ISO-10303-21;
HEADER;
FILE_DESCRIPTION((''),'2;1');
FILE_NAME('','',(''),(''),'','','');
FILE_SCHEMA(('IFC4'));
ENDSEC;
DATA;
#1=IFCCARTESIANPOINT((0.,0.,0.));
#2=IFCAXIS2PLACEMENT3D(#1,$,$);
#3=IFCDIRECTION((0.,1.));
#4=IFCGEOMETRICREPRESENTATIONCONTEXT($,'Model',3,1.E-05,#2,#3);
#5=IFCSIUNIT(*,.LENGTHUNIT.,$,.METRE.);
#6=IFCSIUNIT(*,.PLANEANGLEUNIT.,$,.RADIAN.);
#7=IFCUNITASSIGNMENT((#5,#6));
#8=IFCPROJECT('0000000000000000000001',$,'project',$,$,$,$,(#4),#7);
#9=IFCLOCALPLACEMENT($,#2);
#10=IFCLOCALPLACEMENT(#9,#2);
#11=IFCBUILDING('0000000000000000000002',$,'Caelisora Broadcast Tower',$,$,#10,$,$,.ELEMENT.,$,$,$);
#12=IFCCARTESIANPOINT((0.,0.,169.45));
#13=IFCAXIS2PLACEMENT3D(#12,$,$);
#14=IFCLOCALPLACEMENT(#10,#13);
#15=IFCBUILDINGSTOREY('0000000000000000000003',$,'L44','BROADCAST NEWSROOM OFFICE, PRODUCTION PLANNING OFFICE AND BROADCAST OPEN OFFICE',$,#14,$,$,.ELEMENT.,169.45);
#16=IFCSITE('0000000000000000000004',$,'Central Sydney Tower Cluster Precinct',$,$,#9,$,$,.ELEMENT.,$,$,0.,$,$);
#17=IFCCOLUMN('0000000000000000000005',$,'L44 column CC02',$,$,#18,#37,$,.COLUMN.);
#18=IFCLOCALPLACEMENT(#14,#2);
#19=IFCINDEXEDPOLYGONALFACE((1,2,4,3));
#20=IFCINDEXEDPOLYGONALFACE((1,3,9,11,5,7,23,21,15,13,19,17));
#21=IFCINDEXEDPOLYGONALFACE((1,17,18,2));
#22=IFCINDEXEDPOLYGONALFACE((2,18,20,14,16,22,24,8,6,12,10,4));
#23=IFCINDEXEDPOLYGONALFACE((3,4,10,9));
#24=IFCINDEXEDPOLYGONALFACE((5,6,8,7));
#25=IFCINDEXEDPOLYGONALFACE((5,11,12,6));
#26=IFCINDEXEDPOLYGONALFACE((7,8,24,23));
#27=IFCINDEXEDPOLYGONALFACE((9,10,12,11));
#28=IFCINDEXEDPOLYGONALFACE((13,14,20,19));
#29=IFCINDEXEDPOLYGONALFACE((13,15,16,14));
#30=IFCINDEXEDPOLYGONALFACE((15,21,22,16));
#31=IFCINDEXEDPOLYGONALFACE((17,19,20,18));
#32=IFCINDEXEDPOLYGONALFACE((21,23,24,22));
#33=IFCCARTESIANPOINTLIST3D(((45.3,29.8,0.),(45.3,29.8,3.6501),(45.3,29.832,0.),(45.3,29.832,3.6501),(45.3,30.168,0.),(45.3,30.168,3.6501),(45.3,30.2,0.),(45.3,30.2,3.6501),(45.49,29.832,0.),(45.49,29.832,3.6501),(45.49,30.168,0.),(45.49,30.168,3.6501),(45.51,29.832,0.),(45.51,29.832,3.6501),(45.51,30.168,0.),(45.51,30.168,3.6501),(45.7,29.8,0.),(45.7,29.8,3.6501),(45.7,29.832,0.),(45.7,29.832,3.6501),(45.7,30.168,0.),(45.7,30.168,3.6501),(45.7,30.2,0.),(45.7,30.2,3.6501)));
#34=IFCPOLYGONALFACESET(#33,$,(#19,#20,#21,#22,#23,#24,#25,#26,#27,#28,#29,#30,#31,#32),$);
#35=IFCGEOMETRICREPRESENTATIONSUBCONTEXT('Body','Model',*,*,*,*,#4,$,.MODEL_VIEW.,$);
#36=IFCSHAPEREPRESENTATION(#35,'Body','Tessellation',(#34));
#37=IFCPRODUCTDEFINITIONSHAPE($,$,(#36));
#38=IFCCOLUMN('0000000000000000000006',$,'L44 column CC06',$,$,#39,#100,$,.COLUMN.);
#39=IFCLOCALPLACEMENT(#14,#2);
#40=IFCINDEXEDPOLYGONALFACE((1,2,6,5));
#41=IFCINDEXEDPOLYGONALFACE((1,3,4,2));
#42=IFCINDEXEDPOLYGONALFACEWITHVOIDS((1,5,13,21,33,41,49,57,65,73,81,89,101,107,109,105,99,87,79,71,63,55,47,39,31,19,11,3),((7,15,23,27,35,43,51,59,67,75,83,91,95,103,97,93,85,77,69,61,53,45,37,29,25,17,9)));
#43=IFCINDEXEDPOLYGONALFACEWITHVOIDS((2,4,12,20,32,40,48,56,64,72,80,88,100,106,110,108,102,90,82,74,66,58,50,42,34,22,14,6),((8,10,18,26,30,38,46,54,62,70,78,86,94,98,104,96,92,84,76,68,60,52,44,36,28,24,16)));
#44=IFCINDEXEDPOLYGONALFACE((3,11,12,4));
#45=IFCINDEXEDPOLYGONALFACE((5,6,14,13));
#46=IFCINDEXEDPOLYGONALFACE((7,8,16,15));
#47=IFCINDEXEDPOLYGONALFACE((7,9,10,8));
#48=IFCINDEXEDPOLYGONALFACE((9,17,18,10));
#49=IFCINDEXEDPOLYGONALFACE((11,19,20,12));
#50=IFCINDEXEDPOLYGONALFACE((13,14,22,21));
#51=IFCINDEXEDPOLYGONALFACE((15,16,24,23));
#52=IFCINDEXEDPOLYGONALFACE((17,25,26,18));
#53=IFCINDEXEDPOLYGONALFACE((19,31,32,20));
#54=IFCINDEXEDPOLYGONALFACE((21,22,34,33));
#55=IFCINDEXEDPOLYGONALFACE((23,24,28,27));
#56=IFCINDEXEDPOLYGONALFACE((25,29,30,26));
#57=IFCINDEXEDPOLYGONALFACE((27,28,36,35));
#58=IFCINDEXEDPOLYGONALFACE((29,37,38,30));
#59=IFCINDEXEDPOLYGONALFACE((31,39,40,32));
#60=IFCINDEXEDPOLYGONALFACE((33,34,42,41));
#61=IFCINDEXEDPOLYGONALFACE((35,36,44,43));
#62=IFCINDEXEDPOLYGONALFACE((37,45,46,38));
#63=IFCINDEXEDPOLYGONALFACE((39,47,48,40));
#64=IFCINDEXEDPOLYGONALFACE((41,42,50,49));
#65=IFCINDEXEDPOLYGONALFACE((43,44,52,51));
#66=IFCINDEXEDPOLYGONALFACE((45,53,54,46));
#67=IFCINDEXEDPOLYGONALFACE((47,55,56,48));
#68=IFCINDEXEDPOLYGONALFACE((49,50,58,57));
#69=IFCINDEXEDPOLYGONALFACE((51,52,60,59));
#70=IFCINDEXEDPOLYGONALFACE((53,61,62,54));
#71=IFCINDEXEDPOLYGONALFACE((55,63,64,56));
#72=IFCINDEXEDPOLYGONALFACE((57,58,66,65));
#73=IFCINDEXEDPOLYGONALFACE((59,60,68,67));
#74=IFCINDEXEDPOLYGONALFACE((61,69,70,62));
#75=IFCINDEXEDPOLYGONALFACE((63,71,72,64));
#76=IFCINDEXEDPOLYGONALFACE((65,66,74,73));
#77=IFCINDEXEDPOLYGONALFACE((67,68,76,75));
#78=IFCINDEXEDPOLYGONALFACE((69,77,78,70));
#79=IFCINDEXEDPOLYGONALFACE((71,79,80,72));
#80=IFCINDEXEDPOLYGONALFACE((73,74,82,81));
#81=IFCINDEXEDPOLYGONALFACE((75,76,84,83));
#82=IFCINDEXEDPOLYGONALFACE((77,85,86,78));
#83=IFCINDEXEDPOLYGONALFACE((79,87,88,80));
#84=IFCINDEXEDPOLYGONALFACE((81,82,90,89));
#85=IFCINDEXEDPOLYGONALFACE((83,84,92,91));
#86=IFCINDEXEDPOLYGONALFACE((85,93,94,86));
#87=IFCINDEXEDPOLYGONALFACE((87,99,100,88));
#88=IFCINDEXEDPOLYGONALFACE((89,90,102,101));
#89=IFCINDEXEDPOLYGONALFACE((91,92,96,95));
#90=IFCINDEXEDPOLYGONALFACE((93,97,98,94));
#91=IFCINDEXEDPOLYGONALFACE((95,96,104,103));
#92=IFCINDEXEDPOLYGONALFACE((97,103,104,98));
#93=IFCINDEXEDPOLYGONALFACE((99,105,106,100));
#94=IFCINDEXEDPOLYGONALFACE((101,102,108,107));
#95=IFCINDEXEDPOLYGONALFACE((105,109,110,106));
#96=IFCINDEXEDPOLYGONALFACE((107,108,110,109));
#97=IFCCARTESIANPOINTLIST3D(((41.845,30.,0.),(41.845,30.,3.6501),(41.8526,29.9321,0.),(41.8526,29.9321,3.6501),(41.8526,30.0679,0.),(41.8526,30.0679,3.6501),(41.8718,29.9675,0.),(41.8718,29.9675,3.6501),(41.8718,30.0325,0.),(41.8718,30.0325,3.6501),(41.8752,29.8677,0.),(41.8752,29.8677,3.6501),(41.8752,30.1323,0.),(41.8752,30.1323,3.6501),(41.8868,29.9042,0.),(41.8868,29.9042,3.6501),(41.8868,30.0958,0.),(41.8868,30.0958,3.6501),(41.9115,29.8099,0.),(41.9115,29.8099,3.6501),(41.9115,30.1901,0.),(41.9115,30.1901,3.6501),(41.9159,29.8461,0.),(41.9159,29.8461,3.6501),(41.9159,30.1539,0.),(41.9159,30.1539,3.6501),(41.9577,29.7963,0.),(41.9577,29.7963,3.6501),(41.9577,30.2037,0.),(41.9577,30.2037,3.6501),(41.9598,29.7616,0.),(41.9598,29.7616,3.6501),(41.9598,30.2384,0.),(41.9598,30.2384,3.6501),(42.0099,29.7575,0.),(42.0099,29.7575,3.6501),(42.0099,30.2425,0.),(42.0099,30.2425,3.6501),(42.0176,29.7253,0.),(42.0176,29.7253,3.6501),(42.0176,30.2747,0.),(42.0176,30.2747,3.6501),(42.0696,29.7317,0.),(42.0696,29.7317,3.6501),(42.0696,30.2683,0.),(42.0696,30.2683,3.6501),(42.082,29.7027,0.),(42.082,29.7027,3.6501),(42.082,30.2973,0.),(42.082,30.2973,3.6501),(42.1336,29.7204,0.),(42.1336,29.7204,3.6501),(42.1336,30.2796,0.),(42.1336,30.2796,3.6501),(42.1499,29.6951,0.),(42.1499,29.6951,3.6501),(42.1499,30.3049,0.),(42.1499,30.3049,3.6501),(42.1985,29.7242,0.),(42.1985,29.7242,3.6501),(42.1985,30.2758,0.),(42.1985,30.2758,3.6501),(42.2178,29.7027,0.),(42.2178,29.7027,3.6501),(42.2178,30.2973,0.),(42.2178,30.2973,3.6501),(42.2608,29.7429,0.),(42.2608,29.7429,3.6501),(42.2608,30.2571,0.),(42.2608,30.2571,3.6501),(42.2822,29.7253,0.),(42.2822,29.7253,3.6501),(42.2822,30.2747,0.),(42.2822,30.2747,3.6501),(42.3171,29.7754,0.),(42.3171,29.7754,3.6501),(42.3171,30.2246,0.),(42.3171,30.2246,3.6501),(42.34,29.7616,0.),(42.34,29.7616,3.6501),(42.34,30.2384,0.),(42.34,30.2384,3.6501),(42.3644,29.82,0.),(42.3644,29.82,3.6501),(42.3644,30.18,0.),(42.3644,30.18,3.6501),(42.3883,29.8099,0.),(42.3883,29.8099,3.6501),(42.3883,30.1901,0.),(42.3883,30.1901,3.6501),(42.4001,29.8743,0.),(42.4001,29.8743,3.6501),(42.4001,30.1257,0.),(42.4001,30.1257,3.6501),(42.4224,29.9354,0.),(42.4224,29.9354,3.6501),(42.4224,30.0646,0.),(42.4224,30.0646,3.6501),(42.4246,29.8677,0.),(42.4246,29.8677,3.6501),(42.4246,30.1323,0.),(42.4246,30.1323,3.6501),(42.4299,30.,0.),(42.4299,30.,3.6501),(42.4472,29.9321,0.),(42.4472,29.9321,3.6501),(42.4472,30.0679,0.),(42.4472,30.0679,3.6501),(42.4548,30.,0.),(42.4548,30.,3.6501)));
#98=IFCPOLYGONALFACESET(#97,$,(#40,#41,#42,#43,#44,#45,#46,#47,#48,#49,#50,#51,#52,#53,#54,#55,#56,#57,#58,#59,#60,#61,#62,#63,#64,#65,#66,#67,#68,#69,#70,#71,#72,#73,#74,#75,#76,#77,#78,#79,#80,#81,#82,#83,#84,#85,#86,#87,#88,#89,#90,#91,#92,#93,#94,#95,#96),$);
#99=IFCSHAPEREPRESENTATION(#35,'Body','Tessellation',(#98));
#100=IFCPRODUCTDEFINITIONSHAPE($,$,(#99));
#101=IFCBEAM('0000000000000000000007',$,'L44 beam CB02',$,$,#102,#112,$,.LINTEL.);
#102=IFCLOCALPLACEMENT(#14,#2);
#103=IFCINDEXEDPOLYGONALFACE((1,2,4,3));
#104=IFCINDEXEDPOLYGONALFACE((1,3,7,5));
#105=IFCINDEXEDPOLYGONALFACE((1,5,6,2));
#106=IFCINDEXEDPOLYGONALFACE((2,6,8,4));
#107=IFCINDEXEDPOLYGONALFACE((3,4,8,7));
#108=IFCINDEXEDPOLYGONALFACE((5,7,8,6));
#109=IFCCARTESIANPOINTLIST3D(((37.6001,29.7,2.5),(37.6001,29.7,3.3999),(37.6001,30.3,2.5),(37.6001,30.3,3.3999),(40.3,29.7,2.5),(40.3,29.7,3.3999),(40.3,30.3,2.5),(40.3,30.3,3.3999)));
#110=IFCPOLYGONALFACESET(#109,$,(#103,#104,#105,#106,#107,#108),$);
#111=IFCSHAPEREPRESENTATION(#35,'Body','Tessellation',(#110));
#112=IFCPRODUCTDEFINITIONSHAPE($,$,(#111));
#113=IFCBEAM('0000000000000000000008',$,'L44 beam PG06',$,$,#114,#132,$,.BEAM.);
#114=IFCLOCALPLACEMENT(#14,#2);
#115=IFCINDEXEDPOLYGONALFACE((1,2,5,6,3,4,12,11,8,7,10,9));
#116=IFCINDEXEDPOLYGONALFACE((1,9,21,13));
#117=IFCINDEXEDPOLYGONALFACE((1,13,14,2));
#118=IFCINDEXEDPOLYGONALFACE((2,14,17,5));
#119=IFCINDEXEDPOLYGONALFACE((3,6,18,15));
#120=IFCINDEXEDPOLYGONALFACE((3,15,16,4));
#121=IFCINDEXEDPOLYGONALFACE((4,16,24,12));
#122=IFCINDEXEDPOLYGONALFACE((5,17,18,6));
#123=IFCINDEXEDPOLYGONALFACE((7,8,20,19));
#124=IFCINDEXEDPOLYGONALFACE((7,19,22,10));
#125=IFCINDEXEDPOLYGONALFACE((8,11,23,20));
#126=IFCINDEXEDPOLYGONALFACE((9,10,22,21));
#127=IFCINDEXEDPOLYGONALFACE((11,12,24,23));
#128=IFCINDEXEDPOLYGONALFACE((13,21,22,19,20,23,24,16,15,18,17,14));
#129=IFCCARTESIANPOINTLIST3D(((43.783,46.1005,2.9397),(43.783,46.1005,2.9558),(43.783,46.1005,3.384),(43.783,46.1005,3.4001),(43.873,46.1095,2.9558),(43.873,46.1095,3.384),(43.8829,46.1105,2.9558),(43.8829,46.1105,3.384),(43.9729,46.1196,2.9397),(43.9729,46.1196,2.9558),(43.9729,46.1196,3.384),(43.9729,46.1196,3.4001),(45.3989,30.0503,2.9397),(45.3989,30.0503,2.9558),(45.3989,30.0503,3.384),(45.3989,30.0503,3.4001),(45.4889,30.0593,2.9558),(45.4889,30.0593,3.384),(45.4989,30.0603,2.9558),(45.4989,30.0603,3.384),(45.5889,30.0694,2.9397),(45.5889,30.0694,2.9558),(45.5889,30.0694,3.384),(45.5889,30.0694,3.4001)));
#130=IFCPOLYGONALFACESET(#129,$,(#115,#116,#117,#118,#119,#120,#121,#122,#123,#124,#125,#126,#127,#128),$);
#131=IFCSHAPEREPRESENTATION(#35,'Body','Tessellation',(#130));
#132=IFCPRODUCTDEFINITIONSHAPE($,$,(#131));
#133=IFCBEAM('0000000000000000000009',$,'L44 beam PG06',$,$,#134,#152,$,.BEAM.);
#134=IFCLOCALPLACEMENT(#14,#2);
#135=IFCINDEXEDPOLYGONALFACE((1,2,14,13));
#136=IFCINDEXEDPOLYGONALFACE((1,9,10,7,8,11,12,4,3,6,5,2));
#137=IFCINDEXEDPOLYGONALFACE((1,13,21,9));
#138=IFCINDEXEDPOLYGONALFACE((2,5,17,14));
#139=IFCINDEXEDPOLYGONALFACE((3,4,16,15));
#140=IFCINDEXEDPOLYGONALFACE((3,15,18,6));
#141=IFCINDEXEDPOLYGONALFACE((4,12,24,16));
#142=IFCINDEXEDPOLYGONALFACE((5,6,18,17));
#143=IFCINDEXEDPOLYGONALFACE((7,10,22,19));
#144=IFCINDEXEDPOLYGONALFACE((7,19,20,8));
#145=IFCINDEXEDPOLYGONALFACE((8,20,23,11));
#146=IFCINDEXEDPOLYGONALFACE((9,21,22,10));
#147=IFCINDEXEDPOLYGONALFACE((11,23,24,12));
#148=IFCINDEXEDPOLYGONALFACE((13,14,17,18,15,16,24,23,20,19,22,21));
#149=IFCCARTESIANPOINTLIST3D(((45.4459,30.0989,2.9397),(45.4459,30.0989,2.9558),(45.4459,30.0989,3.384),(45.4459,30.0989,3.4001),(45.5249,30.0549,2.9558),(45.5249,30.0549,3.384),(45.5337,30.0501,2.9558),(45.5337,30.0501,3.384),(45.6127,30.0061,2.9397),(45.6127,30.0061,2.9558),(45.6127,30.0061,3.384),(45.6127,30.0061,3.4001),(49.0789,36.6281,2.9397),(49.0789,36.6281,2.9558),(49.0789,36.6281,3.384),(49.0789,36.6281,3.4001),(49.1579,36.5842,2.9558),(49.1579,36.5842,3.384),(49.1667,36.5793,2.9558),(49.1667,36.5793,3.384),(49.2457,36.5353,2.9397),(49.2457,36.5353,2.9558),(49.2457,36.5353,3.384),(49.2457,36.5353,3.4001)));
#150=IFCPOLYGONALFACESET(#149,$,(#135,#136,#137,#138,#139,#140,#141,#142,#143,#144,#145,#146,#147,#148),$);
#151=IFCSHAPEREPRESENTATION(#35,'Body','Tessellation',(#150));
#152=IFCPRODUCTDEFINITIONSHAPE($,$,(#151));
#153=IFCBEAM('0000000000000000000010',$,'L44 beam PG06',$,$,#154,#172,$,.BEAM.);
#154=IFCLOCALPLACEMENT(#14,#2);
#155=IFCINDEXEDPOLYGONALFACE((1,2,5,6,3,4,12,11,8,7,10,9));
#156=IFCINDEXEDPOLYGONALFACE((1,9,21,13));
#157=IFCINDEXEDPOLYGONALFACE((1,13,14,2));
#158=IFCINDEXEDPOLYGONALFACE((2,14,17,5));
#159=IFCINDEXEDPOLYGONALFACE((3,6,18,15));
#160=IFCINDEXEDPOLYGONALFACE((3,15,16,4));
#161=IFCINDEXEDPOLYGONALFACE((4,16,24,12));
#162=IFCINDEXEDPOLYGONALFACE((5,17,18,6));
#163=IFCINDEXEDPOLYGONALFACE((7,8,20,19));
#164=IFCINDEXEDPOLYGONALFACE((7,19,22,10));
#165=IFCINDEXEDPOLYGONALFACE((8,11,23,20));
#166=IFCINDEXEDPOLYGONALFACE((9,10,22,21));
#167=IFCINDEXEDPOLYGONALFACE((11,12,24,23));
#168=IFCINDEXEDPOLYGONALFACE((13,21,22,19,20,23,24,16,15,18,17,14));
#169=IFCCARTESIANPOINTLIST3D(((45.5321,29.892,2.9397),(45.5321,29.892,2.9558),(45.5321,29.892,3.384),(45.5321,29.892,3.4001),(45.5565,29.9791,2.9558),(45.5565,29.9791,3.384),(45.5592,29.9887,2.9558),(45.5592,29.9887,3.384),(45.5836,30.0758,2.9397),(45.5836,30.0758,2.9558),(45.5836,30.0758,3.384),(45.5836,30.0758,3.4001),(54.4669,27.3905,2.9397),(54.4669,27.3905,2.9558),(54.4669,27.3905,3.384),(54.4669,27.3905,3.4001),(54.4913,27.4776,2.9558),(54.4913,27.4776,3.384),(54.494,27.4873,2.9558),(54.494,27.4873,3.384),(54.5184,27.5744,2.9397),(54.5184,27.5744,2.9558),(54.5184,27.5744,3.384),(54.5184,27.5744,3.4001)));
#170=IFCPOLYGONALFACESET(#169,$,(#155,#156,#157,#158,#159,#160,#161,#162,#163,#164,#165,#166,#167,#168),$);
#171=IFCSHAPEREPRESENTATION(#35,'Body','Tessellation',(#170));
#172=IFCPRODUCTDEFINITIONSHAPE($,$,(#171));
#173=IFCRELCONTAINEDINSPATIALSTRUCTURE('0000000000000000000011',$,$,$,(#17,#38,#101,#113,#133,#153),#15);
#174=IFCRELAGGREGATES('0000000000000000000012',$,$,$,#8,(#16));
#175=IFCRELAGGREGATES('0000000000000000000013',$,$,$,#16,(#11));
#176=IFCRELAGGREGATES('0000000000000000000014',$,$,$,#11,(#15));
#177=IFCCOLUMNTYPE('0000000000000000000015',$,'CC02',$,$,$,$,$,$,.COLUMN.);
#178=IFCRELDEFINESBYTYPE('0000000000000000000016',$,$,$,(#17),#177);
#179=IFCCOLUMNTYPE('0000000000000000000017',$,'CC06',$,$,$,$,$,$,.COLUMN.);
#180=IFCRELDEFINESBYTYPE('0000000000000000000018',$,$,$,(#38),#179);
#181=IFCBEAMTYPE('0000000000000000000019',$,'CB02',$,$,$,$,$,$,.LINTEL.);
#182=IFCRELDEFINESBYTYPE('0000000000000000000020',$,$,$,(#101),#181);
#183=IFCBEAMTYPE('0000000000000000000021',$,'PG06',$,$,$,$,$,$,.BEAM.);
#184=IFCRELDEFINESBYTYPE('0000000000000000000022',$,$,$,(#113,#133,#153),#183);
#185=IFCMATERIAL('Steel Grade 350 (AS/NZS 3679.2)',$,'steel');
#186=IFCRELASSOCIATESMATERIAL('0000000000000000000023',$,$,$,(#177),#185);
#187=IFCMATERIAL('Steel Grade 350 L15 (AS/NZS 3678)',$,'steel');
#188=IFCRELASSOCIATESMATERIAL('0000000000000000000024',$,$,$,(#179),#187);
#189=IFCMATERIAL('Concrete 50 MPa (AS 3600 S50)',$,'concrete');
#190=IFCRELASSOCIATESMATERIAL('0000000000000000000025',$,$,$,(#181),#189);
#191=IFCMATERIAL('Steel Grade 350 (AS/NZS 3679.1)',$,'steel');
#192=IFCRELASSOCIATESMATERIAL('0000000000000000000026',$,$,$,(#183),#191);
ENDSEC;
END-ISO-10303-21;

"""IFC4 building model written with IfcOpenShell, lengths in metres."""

from ifc_helpers import new_model, si_unit, direction, frame, origin, origin_2d, place, context, subcontext, project, spatial, rectangle, hollow_circle, i_section, extrude, source, transform, mapped, material, material_profile, profile_set, type_object, type_shapes, element, save


model = new_model("IFC4")

# Units and contexts
model_context = context("Model", 3, precision=1e-05, world=origin(), true_north=direction((0.0, 1.0)))
body_context = subcontext(model_context, "Body", "Model", "MODEL_VIEW")
ifc_project = project(units=[si_unit("LENGTHUNIT", "METRE"), si_unit("PLANEANGLEUNIT", "RADIAN")], contexts=[model_context])

# Site, building, storey
site_placement = place(None, origin())
site = spatial("IfcSite", under=ifc_project, at=site_placement, Name="Central Sydney Tower Cluster Precinct", CompositionType="ELEMENT", RefElevation=0.0)
building_placement = place(site_placement, origin())
building = spatial("IfcBuilding", under=site, at=building_placement, Name="Caelisora Broadcast Tower", CompositionType="ELEMENT")
storey_placement = place(building_placement, frame((0.0, 0.0, 169.45)))
storey = spatial("IfcBuildingStorey", under=building, at=storey_placement, Name="L44", Description="BROADCAST NEWSROOM OFFICE, PRODUCTION PLANNING OFFICE AND BROADCAST OPEN OFFICE", CompositionType="ELEMENT", Elevation=169.45)

# Columns
ifc_material_1 = material(Name="Steel Grade 350 (AS/NZS 3679.2)", Category="steel")
ifc_material_profile_1 = material_profile(ifc_material_1, i_section(OverallWidth=0.3999, OverallDepth=0.3999, WebThickness=0.02, FlangeThickness=0.032, at=origin_2d()), Name="Steel Grade 350 (AS/NZS 3679.2)")
ifc_profile_set_1 = profile_set([ifc_material_profile_1], Name="Steel Grade 350 (AS/NZS 3679.2)")
column_type_1 = type_object("IfcColumnType", Name="CC02", PredefinedType="COLUMN", material=ifc_profile_set_1)
shared_shape_1 = source(origin(), body_context, "Body", "SweptSolid", [
    extrude(i_section(OverallWidth=0.3999, OverallDepth=0.3999, WebThickness=0.02, FlangeThickness=0.032, at=origin_2d()), origin(), (0.0, 0.0, 1.0), 3.6501),
])
type_shapes(column_type_1, [shared_shape_1])
column_1_placement = place(storey_placement, frame((45.5, 30.0, 0.0), z_axis=(0.0, 0.0, 1.0), x_axis=(1.0, 0.0, 0.0)))
element("IfcColumn", 1, at=column_1_placement, inside=storey, type_object=column_type_1, Name="L44 column CC02", PredefinedType="COLUMN", context=body_context, shape_type="MappedRepresentation", body=[
    mapped(shared_shape_1, transform((0.0, 0.0, 0.0), scale=1.0)),
])
ifc_material_2 = material(Name="Steel Grade 350 L15 (AS/NZS 3678)", Category="steel")
ifc_material_profile_2 = material_profile(ifc_material_2, hollow_circle(Radius=0.3049, WallThickness=0.0249, at=origin_2d()), Name="Steel Grade 350 L15 (AS/NZS 3678)")
ifc_profile_set_2 = profile_set([ifc_material_profile_2], Name="Steel Grade 350 L15 (AS/NZS 3678)")
column_type_2 = type_object("IfcColumnType", Name="CC06", PredefinedType="COLUMN", material=ifc_profile_set_2)
shared_shape_2 = source(origin(), body_context, "Body", "SweptSolid", [
    extrude(hollow_circle(Radius=0.3049, WallThickness=0.0249, at=origin_2d()), origin(), (0.0, 0.0, 1.0), 3.6501),
])
type_shapes(column_type_2, [shared_shape_2])
column_2_placement = place(storey_placement, frame((42.1499, 30.0, 0.0), z_axis=(0.0, 0.0, 1.0), x_axis=(1.0, 0.0, 0.0)))
element("IfcColumn", 2, at=column_2_placement, inside=storey, type_object=column_type_2, Name="L44 column CC06", PredefinedType="COLUMN", context=body_context, shape_type="MappedRepresentation", body=[
    mapped(shared_shape_2, transform((0.0, 0.0, 0.0), scale=1.0)),
])

# Beams
ifc_material_3 = material(Name="Concrete 50 MPa (AS 3600 S50)", Category="concrete")
ifc_material_profile_3 = material_profile(ifc_material_3, rectangle(XDim=0.6001, YDim=0.8999, at=origin_2d()), Name="Concrete 50 MPa (AS 3600 S50)")
ifc_profile_set_3 = profile_set([ifc_material_profile_3], Name="Concrete 50 MPa (AS 3600 S50)")
beam_type_1 = type_object("IfcBeamType", Name="CB02", PredefinedType="LINTEL", material=ifc_profile_set_3)
shared_shape_3 = source(origin(), body_context, "Body", "SweptSolid", [
    extrude(rectangle(XDim=0.6001, YDim=0.8999, at=origin_2d()), origin(), (0.0, 0.0, 1.0), 2.7),
])
type_shapes(beam_type_1, [shared_shape_3])
beam_1_placement = place(storey_placement, frame((37.6001, 30.0, 2.95), z_axis=(1.0, 0.0, 0.0), x_axis=(0.0, 1.0, 0.0)))
element("IfcBeam", 3, at=beam_1_placement, inside=storey, type_object=beam_type_1, Name="L44 beam CB02", PredefinedType="LINTEL", context=body_context, shape_type="MappedRepresentation", body=[
    mapped(shared_shape_3, transform((0.0, 0.0, 0.0), scale=1.0)),
])
ifc_material_4 = material(Name="Steel Grade 350 (AS/NZS 3679.1)", Category="steel")
ifc_material_profile_4 = material_profile(ifc_material_4, i_section(OverallWidth=0.1909, OverallDepth=0.4604, WebThickness=0.01, FlangeThickness=0.0161, at=origin_2d()), Name="Steel Grade 350 (AS/NZS 3679.1)")
ifc_profile_set_4 = profile_set([ifc_material_profile_4], Name="Steel Grade 350 (AS/NZS 3679.1)")
beam_type_2 = type_object("IfcBeamType", Name="PG06", PredefinedType="BEAM", material=ifc_profile_set_4)
shared_shape_4 = source(origin(), body_context, "Body", "SweptSolid", [
    extrude(i_section(OverallWidth=0.1909, OverallDepth=0.4604, WebThickness=0.01, FlangeThickness=0.0161, at=origin_2d()), origin(), (0.0, 0.0, 1.0), 16.1313),
])
beam_2_placement = place(storey_placement, frame((45.4939, 30.0598, 3.1699), z_axis=(-0.100175, 0.99497, 0.0), x_axis=(-0.99497, -0.100175, 0.0)))
element("IfcBeam", 4, at=beam_2_placement, inside=storey, type_object=beam_type_2, Name="L44 beam PG06", PredefinedType="BEAM", context=body_context, shape_type="MappedRepresentation", body=[
    mapped(shared_shape_4, transform((0.0, 0.0, 0.0), scale=1.0)),
])
shared_shape_5 = source(origin(), body_context, "Body", "SweptSolid", [
    extrude(i_section(OverallWidth=0.1909, OverallDepth=0.4604, WebThickness=0.01, FlangeThickness=0.0161, at=origin_2d()), origin(), (0.0, 0.0, 1.0), 7.4719),
])
beam_3_placement = place(storey_placement, frame((45.5293, 30.0525, 3.1699), z_axis=(0.486223, 0.873835, 0.0), x_axis=(-0.873835, 0.486223, 0.0)))
element("IfcBeam", 5, at=beam_3_placement, inside=storey, type_object=beam_type_2, Name="L44 beam PG06", PredefinedType="BEAM", context=body_context, shape_type="MappedRepresentation", body=[
    mapped(shared_shape_5, transform((0.0, 0.0, 0.0), scale=1.0)),
])
shared_shape_6 = source(origin(), body_context, "Body", "SweptSolid", [
    extrude(i_section(OverallWidth=0.1909, OverallDepth=0.4604, WebThickness=0.01, FlangeThickness=0.0161, at=origin_2d()), origin(), (0.0, 0.0, 1.0), 9.2783),
])
type_shapes(beam_type_2, [shared_shape_4, shared_shape_5, shared_shape_6])
beam_4_placement = place(storey_placement, frame((45.5579, 29.9839, 3.1699), z_axis=(0.962972, -0.269602, 0.0), x_axis=(0.269602, 0.962972, 0.0)))
element("IfcBeam", 6, at=beam_4_placement, inside=storey, type_object=beam_type_2, Name="L44 beam PG06", PredefinedType="BEAM", context=body_context, shape_type="MappedRepresentation", body=[
    mapped(shared_shape_6, transform((0.0, 0.0, 0.0), scale=1.0)),
])

save(model, "model.ifc")
